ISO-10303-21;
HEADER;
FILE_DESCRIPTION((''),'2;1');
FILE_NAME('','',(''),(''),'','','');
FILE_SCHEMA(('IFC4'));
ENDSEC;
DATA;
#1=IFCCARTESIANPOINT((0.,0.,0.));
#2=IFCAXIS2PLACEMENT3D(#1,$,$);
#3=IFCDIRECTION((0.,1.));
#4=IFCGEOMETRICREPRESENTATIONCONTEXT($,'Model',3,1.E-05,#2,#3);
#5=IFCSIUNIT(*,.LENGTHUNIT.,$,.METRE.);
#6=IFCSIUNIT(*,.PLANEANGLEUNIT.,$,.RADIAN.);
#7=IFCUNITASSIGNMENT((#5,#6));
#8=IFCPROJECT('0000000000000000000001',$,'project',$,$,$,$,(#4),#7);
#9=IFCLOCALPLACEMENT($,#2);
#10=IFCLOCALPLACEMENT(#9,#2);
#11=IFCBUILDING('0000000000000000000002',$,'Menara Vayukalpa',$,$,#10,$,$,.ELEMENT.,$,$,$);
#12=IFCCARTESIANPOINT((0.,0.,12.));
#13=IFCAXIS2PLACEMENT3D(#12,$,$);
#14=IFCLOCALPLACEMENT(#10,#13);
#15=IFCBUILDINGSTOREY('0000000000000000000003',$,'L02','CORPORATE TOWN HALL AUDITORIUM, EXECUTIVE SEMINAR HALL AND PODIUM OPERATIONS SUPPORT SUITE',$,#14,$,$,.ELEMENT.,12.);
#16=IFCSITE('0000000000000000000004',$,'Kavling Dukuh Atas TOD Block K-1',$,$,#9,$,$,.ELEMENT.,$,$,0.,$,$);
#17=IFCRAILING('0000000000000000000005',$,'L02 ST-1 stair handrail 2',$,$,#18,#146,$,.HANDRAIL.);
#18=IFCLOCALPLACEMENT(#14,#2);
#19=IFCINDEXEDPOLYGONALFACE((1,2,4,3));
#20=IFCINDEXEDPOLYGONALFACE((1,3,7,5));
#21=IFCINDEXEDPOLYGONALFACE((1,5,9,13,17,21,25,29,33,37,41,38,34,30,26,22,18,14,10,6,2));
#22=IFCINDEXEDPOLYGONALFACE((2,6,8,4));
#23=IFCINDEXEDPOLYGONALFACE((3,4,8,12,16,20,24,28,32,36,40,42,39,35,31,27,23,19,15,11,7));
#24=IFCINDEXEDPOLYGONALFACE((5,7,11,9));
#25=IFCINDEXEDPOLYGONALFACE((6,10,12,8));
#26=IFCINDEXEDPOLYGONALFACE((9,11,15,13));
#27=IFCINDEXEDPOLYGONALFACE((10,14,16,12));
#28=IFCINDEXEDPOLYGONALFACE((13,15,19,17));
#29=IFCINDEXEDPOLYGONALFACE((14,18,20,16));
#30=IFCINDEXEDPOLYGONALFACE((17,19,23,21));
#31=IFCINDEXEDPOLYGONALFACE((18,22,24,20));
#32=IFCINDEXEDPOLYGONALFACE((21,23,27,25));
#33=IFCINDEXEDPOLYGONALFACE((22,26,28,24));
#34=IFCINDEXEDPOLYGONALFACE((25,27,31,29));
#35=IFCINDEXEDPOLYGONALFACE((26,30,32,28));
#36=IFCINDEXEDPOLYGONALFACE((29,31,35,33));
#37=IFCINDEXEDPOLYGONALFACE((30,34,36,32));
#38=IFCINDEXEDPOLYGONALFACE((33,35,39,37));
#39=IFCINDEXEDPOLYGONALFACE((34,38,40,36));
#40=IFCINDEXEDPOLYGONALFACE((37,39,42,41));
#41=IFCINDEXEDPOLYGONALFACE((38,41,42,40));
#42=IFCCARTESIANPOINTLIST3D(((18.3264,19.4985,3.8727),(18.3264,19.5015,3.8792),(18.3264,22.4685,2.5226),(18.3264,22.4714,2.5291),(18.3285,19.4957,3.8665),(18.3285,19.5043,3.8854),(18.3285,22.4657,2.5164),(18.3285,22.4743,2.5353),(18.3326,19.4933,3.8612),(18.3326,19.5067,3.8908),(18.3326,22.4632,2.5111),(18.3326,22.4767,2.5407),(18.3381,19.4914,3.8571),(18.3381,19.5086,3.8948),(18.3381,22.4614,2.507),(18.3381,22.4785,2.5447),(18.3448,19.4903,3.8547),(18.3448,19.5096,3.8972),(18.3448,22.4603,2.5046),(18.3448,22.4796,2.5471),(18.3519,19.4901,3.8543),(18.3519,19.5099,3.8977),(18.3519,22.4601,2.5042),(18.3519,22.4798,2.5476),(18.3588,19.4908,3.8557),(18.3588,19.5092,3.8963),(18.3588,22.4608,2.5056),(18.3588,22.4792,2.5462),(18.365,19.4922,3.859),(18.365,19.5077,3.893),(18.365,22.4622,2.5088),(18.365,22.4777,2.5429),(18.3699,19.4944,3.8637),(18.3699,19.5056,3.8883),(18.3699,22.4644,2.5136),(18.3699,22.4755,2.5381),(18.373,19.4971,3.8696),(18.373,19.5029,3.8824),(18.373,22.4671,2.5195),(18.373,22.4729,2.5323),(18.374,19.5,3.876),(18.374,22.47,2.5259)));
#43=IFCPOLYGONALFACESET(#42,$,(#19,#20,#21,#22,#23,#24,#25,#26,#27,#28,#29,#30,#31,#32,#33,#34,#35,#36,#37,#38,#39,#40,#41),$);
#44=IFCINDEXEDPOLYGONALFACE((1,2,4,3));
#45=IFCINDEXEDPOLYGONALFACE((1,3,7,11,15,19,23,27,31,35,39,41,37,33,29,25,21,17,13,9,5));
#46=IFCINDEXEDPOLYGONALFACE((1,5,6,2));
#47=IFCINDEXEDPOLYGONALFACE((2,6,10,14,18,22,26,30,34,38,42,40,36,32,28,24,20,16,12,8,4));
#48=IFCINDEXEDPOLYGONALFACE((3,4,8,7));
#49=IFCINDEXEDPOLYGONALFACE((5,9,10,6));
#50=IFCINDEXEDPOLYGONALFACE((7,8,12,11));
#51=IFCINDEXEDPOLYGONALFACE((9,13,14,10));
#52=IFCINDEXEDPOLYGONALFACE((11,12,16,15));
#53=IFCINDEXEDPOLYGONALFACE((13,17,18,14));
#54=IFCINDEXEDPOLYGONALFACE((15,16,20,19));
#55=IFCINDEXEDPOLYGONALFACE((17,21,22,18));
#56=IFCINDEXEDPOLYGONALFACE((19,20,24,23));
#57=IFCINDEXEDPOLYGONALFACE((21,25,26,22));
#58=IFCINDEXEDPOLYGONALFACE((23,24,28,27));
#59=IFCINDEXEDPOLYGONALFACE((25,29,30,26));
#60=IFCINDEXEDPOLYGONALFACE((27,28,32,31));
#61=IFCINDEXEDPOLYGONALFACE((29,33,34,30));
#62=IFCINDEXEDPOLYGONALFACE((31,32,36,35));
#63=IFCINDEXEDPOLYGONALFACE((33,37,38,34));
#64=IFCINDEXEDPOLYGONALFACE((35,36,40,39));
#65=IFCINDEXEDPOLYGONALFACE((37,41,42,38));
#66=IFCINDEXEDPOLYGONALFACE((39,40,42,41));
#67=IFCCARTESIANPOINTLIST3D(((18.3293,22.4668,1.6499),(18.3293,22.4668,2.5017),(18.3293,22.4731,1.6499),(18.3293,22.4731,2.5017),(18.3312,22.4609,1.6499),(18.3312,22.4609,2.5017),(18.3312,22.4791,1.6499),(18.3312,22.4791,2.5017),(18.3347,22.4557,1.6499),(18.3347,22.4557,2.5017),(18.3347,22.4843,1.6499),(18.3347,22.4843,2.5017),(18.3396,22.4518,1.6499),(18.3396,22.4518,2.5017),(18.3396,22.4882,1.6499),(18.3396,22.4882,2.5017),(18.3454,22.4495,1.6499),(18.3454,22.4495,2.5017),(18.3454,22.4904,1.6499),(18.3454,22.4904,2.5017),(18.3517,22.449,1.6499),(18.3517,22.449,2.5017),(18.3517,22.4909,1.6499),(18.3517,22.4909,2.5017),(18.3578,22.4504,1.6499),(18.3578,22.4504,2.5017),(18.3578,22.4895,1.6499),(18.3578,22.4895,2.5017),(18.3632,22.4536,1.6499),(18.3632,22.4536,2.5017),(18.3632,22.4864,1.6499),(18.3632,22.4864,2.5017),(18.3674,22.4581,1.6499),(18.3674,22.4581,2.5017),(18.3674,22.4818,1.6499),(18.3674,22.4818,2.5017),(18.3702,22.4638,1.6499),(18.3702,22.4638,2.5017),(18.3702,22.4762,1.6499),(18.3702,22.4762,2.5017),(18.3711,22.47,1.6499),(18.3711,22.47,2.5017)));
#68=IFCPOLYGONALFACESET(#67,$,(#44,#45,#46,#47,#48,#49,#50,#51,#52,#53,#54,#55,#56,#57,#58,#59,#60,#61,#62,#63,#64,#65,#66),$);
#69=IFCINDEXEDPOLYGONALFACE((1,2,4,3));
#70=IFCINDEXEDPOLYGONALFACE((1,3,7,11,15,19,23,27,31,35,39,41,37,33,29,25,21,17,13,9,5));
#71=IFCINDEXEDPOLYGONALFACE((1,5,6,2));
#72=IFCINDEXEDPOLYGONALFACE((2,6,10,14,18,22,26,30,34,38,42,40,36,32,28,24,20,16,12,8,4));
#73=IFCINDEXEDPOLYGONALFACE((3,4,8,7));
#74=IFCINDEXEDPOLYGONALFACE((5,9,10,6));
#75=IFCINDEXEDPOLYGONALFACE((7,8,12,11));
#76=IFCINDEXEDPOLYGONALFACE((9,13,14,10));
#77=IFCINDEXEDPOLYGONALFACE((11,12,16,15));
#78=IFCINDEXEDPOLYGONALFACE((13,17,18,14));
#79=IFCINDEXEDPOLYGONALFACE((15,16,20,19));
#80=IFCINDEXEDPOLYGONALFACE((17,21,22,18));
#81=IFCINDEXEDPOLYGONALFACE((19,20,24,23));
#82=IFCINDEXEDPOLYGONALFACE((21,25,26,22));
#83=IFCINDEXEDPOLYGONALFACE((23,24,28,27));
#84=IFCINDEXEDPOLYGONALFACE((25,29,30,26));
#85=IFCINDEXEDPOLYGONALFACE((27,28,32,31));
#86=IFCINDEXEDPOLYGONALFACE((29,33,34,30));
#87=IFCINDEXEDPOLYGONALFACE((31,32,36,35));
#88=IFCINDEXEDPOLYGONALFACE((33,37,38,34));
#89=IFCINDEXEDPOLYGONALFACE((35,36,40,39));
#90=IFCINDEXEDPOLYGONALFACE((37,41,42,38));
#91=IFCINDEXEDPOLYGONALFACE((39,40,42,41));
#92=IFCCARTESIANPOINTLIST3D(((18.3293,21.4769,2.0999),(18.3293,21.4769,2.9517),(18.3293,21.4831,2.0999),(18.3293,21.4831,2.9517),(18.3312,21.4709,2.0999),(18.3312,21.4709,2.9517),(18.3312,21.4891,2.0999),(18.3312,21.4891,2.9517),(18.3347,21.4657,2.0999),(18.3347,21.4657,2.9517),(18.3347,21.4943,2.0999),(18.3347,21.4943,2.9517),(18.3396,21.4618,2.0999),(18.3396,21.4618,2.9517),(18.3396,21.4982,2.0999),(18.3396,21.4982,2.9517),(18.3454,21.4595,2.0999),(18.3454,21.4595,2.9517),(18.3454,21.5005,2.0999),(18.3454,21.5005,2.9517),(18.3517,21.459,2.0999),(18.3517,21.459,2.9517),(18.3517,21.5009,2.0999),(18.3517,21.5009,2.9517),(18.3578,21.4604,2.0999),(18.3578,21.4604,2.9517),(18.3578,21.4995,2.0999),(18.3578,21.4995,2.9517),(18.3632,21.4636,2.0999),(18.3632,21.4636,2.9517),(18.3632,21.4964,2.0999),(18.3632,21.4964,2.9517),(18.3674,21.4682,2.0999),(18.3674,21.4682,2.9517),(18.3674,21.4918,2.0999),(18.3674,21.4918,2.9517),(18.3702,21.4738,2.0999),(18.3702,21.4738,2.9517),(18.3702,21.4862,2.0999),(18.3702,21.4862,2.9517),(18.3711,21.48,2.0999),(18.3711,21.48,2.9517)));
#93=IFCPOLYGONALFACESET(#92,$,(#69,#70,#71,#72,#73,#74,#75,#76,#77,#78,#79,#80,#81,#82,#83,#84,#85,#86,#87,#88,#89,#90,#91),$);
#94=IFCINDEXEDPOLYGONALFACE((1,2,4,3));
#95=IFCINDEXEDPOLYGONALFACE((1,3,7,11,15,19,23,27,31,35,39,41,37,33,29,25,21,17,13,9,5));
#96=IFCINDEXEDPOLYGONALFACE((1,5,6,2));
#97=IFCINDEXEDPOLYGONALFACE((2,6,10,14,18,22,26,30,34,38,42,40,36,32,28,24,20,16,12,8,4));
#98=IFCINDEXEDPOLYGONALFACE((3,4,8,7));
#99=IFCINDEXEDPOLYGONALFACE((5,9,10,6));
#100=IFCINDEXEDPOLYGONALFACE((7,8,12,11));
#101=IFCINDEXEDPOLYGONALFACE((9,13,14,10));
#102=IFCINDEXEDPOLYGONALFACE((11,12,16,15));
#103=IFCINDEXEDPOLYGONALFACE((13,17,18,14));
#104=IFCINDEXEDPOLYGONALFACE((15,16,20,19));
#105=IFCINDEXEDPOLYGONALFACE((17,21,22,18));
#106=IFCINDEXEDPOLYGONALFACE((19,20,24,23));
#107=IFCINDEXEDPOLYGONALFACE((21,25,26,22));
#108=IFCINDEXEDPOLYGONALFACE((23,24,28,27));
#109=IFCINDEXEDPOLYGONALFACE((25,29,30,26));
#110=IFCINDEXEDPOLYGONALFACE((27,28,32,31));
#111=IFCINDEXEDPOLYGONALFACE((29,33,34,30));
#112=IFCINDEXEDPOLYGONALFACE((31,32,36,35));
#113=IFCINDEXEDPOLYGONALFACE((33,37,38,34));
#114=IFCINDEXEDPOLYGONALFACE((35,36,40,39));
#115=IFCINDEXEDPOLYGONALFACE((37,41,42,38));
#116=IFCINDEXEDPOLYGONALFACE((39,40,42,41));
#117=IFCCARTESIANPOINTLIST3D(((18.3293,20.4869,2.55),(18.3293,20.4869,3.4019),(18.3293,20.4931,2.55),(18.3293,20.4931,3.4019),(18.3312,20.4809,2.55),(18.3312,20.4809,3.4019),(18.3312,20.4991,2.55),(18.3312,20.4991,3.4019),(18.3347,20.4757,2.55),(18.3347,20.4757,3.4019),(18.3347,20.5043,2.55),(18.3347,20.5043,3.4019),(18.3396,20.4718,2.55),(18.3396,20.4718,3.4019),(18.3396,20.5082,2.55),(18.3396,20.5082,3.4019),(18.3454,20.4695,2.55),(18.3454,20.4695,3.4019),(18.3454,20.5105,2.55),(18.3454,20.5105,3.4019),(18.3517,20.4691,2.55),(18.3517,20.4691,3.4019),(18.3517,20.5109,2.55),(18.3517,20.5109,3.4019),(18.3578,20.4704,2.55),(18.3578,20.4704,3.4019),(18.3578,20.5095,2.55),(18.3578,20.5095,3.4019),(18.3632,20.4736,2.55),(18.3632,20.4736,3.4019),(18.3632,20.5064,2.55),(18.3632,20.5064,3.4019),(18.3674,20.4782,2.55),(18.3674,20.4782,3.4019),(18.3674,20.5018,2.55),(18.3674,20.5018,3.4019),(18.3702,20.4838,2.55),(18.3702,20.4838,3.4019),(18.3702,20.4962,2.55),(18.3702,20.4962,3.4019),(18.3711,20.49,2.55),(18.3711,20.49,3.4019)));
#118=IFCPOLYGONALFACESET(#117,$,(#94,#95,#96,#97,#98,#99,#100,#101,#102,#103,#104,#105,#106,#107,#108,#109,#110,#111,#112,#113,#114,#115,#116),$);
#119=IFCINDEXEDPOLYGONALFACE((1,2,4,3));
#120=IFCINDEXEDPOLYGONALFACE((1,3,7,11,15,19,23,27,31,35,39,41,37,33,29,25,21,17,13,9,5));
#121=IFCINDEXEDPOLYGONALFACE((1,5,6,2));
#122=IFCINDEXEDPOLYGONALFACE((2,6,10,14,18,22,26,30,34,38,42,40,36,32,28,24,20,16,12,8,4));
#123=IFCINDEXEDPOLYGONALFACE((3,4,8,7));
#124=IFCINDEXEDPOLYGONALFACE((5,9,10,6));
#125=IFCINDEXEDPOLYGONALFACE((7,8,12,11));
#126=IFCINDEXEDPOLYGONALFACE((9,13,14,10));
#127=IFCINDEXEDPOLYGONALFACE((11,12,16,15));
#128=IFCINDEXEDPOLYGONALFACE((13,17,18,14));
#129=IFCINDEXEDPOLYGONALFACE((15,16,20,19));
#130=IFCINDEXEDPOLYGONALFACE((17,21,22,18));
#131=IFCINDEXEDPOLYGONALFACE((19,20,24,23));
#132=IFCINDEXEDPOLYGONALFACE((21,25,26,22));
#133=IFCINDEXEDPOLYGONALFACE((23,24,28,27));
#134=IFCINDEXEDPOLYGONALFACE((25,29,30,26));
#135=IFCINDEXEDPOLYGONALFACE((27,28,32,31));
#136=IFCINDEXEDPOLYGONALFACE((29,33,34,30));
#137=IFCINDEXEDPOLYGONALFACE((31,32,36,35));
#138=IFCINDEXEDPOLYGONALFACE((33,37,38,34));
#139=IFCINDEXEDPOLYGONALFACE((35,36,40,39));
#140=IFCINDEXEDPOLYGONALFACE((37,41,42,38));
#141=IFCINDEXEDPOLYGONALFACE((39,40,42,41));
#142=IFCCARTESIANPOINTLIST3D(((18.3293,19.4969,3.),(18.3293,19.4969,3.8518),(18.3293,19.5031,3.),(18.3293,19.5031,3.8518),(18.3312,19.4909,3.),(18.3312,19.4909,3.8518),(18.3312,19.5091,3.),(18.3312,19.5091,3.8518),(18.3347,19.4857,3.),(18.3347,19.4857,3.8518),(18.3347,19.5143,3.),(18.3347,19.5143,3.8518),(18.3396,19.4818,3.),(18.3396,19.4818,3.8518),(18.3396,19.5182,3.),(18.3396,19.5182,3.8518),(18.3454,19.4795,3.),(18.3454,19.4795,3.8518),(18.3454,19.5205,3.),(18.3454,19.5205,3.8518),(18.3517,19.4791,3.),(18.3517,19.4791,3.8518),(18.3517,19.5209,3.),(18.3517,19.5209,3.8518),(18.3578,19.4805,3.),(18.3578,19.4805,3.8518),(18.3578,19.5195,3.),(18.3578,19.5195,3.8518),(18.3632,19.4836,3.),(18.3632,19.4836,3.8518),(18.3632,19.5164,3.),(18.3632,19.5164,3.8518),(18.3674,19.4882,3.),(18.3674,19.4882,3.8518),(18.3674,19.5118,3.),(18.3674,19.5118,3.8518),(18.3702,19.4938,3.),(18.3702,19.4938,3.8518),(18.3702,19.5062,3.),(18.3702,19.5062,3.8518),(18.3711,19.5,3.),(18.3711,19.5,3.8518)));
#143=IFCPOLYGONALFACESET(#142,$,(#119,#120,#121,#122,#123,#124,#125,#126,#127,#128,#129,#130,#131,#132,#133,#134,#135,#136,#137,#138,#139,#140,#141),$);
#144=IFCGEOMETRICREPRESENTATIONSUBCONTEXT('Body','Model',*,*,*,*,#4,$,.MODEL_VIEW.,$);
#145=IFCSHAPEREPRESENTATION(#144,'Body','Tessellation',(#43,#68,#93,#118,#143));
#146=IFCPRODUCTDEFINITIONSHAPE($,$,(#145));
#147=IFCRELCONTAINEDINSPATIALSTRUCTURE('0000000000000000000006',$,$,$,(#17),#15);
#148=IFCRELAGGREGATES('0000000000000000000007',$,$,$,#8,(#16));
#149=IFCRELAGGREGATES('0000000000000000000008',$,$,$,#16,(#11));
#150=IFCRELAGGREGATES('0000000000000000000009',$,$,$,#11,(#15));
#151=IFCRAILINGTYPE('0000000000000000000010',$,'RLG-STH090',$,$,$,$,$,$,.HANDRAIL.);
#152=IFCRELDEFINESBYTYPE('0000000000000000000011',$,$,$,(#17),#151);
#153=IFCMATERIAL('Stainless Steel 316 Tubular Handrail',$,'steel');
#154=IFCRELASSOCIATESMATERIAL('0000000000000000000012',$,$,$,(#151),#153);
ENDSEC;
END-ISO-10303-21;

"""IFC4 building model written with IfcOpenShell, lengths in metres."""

from ifc_helpers import new_model, si_unit, direction, frame, origin, origin_2d, place, context, subcontext, project, spatial, circle, extrude, material, type_object, element, save


model = new_model("IFC4")

# Units and contexts
model_context = context("Model", 3, precision=1e-05, world=origin(), true_north=direction((0.0, 1.0)))
body_context = subcontext(model_context, "Body", "Model", "MODEL_VIEW")
ifc_project = project(units=[si_unit("LENGTHUNIT", "METRE"), si_unit("PLANEANGLEUNIT", "RADIAN")], contexts=[model_context])

# Site, building, storey
site_placement = place(None, origin())
site = spatial("IfcSite", under=ifc_project, at=site_placement, Name="Kavling Dukuh Atas TOD Block K-1", CompositionType="ELEMENT", RefElevation=0.0)
building_placement = place(site_placement, origin())
building = spatial("IfcBuilding", under=site, at=building_placement, Name="Menara Vayukalpa", CompositionType="ELEMENT")
storey_placement = place(building_placement, frame((0.0, 0.0, 12.0)))
storey = spatial("IfcBuildingStorey", under=building, at=storey_placement, Name="L02", Description="CORPORATE TOWN HALL AUDITORIUM, EXECUTIVE SEMINAR HALL AND PODIUM OPERATIONS SUPPORT SUITE", CompositionType="ELEMENT", Elevation=12.0)

# Railing
ifc_material_1 = material(Name="Stainless Steel 316 Tubular Handrail", Category="steel")
railing_type = type_object("IfcRailingType", Name="RLG-STH090", PredefinedType="HANDRAIL", material=ifc_material_1)
for number, where, name in (
    (1, (18.3501, 22.47, 1.6499), "L02 ST-1 stair handrail 2"),
):
    element("IfcRailing", number, at=place(storey_placement, frame(where)), inside=storey, type_object=railing_type, Name=name, PredefinedType="HANDRAIL", context=body_context, shape_type="SweptSolid", body=[
        extrude(circle(Radius=0.0239, at=origin_2d()), frame((0.0, 0.0, 0.876), z_axis=(0.0, -0.910354, 0.413831), x_axis=(1.0, 0.0, 0.0)), (0.0, 0.0, 1.0), 3.2625),
        extrude(circle(Radius=0.021, at=origin_2d()), origin(), (0.0, 0.0, 1.0), 0.8518),
        extrude(circle(Radius=0.021, at=origin_2d()), frame((0.0, -0.99, 0.45)), (0.0, 0.0, 1.0), 0.8518),
        extrude(circle(Radius=0.021, at=origin_2d()), frame((0.0, -1.98, 0.9001)), (0.0, 0.0, 1.0), 0.8518),
        extrude(circle(Radius=0.021, at=origin_2d()), frame((0.0, -2.97, 1.3501)), (0.0, 0.0, 1.0), 0.8518),
    ])

save(model, "model.ifc")
